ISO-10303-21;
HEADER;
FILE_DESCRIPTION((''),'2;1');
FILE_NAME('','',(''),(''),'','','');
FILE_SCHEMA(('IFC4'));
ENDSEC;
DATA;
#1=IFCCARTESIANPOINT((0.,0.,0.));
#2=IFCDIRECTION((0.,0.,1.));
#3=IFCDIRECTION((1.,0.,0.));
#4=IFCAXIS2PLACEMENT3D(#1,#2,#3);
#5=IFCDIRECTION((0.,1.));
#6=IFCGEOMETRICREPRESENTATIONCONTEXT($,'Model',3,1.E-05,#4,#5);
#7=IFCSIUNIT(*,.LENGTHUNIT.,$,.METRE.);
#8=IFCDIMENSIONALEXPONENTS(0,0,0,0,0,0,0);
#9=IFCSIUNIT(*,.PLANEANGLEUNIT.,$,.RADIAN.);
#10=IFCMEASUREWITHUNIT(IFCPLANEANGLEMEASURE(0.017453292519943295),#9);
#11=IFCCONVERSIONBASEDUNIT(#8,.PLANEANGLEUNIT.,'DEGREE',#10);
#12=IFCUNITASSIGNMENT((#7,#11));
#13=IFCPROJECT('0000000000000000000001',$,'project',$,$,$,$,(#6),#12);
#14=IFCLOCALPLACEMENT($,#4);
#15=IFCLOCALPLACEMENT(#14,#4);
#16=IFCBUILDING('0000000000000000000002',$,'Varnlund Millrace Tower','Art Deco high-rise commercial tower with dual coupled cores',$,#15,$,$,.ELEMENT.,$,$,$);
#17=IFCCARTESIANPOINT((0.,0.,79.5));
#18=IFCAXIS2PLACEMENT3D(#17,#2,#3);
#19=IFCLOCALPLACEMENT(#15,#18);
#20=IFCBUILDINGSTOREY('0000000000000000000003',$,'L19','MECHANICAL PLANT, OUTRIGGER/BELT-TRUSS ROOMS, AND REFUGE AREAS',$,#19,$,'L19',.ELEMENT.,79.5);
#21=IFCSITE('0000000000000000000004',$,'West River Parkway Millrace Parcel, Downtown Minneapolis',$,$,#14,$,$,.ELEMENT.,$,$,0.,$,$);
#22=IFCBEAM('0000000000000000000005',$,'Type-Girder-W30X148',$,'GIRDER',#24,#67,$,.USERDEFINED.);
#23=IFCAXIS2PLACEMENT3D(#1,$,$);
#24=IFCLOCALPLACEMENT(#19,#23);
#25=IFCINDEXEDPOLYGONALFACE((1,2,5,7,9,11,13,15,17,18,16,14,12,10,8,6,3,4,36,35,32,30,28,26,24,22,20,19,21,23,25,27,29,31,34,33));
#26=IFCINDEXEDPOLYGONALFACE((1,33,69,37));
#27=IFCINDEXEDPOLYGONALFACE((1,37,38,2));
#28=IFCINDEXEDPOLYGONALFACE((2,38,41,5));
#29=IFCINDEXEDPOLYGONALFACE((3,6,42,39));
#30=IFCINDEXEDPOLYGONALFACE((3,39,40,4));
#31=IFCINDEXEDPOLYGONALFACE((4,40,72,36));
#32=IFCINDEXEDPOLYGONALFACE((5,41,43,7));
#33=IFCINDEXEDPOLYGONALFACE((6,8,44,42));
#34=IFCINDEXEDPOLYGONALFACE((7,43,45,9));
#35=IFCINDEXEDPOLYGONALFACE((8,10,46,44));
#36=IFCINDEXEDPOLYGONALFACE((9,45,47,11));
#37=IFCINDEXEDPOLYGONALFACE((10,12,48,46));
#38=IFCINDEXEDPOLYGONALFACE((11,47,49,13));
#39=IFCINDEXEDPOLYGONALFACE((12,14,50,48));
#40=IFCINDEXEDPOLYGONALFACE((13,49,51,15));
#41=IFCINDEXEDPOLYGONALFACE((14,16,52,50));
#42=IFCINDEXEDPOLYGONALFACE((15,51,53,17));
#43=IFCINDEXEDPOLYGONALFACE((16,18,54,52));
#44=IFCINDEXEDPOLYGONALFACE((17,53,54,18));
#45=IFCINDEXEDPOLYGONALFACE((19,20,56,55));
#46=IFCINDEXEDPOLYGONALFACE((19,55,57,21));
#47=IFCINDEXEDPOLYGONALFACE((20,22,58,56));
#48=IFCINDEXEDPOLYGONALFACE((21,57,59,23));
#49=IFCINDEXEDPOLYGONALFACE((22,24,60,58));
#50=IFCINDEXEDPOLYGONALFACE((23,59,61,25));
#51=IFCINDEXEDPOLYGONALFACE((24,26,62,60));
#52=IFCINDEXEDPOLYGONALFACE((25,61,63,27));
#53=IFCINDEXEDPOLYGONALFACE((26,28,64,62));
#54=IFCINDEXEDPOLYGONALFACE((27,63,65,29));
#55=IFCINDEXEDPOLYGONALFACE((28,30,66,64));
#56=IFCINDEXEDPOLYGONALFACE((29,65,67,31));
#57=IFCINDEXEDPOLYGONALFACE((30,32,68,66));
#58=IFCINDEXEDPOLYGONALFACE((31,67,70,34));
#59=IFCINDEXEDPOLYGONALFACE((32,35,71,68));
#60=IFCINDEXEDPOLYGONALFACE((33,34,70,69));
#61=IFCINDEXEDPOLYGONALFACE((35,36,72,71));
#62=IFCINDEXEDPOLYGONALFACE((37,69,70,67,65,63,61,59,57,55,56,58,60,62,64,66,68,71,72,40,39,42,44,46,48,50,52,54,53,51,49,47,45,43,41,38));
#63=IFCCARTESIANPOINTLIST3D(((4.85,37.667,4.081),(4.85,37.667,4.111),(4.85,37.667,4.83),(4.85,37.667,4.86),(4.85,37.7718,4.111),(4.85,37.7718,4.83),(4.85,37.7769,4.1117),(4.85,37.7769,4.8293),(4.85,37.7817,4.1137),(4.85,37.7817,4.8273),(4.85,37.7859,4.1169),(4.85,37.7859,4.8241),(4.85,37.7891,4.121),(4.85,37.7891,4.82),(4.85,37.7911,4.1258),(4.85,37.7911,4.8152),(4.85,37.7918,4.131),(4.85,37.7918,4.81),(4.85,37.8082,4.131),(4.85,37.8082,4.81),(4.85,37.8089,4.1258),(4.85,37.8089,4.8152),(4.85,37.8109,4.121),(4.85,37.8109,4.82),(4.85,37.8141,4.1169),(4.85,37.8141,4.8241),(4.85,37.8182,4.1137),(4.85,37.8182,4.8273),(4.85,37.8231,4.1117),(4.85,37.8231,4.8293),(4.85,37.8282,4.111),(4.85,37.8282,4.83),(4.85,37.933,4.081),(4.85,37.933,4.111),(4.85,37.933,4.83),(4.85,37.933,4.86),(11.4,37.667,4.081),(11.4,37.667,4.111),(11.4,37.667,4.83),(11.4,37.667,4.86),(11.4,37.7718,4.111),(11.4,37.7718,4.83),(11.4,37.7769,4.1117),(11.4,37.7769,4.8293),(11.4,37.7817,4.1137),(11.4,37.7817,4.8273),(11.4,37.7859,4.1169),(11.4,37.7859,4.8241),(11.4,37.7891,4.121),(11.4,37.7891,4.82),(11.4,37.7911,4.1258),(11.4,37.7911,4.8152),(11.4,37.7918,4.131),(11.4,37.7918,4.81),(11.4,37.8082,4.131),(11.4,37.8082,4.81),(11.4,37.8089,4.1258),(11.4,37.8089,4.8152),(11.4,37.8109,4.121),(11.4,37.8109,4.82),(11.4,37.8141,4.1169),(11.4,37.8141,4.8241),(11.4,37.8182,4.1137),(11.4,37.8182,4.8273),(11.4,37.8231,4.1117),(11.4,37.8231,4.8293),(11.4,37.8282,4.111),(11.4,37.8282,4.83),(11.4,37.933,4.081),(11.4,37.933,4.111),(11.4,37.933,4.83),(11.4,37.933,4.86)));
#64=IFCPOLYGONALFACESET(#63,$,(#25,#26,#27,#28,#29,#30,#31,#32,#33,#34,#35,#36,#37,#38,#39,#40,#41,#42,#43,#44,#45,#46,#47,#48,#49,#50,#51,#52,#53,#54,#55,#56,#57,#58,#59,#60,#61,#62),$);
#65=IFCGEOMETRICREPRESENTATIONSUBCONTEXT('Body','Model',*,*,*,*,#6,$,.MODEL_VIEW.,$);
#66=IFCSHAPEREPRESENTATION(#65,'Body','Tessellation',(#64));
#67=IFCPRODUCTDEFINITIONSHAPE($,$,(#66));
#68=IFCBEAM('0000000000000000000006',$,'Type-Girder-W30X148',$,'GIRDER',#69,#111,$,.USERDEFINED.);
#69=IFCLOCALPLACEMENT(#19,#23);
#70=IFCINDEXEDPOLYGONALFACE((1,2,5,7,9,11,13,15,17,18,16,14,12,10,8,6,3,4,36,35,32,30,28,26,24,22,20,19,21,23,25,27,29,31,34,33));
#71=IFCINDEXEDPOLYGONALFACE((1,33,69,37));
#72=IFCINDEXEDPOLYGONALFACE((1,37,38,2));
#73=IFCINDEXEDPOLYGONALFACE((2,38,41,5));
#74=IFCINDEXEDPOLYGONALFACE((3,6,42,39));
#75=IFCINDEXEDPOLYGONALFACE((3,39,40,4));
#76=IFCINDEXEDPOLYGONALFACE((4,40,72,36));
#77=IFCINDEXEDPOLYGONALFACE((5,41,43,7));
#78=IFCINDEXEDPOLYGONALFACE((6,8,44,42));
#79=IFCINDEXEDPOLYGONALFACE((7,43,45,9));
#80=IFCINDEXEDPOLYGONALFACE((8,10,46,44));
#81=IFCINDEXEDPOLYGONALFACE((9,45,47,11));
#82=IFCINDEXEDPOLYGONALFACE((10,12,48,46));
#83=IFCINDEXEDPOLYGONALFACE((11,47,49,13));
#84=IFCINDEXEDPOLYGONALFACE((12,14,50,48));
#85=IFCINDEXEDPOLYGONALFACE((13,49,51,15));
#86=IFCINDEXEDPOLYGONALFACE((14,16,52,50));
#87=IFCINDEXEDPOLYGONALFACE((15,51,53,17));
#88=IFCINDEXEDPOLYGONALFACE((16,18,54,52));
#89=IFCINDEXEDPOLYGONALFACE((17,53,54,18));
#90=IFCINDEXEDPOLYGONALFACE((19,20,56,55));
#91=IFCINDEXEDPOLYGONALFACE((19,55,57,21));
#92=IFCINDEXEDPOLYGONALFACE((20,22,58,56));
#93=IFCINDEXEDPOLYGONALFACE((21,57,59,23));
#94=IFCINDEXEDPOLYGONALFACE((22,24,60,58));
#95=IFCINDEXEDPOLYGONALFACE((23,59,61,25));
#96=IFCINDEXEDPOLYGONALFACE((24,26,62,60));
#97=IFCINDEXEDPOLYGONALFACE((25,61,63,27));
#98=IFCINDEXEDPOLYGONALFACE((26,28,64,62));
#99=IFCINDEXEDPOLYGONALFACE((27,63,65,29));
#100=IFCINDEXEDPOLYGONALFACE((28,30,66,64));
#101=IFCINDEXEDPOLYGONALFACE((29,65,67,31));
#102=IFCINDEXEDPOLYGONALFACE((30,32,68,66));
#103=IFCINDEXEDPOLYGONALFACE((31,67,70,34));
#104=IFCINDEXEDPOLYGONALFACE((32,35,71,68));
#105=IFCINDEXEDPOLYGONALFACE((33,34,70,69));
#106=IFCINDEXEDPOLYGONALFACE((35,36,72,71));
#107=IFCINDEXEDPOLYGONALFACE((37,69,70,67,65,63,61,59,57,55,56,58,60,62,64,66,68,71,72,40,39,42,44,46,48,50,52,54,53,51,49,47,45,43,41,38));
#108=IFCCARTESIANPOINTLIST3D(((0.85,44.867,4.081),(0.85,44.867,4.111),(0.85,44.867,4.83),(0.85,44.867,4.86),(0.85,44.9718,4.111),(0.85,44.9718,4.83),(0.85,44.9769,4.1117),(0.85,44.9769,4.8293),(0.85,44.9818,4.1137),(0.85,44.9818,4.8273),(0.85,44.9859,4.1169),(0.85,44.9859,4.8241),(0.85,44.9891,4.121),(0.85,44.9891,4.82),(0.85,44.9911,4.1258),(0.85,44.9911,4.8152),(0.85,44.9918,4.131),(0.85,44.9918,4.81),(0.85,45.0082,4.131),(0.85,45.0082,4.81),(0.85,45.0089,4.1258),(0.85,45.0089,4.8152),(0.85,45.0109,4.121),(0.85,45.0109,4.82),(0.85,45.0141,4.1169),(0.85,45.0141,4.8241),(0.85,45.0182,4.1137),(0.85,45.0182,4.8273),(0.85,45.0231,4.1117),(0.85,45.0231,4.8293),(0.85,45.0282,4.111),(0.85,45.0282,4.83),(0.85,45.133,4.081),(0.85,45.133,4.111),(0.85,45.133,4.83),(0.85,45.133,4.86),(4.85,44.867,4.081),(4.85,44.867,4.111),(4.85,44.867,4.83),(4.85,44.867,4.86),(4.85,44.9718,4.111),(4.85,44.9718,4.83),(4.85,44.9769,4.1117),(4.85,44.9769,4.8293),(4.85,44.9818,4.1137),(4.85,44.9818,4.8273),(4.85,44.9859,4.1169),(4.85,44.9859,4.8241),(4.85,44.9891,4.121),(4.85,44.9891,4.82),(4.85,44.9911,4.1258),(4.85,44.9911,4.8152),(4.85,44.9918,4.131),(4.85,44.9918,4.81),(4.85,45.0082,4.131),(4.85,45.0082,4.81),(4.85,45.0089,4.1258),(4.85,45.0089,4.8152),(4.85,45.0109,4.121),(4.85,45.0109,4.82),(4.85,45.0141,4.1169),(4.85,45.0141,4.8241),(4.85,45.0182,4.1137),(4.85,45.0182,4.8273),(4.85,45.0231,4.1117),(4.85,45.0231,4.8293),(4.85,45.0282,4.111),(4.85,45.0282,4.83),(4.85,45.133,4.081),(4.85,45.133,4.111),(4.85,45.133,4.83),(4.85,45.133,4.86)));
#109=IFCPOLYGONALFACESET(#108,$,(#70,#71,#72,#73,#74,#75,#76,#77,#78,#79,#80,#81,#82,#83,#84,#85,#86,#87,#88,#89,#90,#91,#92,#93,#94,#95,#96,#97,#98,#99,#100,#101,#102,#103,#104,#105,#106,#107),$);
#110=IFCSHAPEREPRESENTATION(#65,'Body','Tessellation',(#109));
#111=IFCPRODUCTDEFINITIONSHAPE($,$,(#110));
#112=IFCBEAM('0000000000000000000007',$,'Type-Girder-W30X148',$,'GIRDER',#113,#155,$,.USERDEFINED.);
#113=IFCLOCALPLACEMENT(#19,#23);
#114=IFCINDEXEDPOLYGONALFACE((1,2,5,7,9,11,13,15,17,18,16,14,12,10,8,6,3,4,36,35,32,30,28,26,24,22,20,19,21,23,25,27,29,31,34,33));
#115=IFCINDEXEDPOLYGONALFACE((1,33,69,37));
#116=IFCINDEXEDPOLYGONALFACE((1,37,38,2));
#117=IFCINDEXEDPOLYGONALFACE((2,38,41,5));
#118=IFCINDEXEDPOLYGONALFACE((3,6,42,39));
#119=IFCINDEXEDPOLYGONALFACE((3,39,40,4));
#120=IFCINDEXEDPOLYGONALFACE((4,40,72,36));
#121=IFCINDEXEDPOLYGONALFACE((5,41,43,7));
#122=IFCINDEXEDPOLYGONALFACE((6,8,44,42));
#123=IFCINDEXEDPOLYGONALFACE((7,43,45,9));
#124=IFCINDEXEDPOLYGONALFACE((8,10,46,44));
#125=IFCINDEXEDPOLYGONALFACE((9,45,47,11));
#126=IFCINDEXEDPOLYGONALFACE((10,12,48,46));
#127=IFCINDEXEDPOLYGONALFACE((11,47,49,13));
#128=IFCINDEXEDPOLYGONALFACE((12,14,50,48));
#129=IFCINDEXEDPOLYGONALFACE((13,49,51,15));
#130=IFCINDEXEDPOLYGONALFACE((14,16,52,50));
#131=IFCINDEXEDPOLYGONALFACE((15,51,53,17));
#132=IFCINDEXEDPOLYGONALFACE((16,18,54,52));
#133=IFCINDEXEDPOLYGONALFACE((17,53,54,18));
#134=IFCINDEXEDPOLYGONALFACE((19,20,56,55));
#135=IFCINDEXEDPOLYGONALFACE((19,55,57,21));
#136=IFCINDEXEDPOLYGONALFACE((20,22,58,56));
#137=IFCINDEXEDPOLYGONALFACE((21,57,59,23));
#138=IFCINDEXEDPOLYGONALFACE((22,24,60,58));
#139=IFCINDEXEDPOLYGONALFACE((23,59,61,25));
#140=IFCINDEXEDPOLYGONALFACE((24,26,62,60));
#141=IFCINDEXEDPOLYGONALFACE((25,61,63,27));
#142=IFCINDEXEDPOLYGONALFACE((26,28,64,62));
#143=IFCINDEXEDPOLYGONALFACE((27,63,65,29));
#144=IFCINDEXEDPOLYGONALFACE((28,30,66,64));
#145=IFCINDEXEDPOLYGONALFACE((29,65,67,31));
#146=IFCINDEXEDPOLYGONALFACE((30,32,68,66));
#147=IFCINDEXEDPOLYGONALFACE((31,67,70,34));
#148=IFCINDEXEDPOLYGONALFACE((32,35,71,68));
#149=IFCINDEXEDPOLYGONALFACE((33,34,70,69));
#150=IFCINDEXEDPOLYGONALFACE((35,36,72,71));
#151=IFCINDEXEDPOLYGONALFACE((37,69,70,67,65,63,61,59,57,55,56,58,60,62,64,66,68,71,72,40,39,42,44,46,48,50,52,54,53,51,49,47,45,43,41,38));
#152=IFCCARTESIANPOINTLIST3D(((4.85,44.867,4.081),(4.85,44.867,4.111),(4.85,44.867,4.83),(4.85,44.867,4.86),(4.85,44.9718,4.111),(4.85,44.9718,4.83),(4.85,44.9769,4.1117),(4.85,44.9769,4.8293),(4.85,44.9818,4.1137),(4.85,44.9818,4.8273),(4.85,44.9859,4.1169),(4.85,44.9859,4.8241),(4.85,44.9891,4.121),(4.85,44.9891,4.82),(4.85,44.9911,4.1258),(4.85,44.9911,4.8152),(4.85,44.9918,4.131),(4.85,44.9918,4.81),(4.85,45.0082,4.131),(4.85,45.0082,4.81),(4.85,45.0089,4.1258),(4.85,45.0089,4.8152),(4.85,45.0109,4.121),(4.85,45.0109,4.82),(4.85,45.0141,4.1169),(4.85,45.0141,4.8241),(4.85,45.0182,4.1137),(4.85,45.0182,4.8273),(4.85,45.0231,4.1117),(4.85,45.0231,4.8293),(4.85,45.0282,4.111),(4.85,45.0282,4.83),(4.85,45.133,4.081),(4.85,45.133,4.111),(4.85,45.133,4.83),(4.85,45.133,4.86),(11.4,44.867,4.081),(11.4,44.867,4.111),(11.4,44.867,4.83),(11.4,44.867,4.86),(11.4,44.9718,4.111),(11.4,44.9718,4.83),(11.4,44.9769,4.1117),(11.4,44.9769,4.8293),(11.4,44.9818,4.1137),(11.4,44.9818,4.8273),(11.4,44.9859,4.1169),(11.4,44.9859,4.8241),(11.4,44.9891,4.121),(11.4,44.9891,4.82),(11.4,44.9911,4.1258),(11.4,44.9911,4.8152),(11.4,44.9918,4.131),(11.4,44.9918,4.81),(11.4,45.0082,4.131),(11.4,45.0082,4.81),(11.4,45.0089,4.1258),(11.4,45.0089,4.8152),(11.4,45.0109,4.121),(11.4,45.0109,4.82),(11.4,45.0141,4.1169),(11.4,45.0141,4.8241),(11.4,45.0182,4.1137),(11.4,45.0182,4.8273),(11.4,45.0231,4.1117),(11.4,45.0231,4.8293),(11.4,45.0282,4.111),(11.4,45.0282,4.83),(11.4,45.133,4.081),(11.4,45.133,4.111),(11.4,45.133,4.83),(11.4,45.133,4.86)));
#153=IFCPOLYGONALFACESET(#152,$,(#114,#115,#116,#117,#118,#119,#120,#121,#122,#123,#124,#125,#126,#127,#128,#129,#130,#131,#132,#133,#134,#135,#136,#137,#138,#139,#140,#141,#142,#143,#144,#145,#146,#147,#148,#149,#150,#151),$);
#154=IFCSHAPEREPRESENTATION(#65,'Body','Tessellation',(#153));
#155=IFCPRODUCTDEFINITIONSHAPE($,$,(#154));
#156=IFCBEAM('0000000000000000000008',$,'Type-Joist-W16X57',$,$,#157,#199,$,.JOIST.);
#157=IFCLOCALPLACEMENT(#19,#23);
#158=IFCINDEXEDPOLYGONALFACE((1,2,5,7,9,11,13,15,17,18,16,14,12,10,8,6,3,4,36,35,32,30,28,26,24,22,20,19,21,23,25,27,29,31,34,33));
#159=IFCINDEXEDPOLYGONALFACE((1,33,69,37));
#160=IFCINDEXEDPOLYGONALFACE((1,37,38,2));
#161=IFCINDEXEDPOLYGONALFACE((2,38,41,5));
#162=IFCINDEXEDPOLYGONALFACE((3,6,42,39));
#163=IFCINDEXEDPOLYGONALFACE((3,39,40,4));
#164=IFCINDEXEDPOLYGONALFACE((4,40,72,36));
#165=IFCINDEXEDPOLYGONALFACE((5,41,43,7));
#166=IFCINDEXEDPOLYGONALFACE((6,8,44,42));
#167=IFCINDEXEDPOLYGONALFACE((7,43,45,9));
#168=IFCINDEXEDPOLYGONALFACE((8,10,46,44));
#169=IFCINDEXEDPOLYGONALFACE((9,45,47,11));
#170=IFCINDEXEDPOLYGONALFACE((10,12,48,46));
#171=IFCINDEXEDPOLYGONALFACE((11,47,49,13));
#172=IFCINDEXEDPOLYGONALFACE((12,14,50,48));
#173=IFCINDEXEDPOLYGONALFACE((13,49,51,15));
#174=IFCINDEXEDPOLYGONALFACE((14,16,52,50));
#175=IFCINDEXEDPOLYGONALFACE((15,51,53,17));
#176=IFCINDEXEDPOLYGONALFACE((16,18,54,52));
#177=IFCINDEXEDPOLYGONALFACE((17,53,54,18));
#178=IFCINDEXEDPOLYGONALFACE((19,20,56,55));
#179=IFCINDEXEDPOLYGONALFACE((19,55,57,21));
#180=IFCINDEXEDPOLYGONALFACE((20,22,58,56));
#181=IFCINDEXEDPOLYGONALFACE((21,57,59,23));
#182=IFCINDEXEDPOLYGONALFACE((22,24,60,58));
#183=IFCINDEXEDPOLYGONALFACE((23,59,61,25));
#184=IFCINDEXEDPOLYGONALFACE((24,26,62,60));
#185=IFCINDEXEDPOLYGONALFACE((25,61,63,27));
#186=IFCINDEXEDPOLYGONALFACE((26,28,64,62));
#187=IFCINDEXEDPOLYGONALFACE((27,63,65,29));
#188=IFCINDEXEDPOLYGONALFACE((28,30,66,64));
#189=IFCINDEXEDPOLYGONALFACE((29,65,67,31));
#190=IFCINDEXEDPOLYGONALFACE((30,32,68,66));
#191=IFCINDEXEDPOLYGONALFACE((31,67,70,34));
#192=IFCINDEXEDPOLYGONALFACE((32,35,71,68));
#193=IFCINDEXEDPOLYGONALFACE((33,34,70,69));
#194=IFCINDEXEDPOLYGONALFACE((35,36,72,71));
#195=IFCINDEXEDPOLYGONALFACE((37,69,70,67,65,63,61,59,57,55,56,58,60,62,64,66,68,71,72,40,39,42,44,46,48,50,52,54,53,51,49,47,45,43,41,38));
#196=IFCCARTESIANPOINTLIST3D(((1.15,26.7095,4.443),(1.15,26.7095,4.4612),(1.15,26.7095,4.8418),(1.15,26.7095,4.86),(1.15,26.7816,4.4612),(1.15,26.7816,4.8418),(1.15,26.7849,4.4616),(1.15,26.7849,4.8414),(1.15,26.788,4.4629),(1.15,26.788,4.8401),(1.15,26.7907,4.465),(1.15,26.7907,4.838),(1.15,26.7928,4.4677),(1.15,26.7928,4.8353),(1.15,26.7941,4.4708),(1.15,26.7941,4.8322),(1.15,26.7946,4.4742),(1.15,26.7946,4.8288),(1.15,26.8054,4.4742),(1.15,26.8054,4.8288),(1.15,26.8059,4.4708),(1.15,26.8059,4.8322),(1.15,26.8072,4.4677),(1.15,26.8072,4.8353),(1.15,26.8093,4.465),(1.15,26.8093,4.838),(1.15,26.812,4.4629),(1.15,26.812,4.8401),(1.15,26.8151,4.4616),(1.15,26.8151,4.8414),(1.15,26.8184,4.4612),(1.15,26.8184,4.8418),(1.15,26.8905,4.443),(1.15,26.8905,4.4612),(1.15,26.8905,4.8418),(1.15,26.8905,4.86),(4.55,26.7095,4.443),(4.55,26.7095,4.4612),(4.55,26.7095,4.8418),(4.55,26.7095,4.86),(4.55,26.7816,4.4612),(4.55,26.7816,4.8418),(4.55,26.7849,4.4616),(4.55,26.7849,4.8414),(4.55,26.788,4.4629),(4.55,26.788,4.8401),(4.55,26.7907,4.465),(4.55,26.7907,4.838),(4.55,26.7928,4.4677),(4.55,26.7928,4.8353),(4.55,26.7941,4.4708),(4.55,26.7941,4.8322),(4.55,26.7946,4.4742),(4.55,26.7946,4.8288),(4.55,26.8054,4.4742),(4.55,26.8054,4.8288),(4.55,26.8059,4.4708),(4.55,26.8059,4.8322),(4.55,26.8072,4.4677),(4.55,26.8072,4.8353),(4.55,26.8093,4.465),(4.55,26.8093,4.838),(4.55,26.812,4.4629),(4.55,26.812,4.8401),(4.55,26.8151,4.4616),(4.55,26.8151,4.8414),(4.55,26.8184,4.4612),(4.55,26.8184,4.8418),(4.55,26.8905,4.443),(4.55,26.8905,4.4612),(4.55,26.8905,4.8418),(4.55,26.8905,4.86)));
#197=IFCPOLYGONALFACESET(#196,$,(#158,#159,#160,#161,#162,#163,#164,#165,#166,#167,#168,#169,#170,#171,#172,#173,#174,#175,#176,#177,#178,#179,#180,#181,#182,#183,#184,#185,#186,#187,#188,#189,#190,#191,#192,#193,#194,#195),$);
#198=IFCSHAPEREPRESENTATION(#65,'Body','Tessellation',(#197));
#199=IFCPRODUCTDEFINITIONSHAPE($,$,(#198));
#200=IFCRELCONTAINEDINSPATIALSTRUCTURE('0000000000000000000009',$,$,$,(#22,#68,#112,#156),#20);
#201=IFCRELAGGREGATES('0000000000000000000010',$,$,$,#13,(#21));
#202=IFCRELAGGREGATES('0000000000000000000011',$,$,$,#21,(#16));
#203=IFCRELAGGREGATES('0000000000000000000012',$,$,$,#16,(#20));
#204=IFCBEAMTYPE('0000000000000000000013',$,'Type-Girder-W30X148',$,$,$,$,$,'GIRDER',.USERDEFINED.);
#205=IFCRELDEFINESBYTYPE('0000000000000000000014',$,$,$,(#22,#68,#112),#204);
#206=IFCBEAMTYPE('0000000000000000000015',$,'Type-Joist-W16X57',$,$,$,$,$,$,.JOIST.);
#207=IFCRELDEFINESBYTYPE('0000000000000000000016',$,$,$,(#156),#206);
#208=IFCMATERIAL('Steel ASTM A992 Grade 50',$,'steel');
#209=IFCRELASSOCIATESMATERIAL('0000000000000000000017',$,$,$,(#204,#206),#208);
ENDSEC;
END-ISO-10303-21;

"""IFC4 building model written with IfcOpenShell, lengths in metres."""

from ifc_helpers import new_model, entity, si_unit, converted_unit, direction, frame, origin_with_axes, origin_2d_with_axis, place, context, subcontext, project, spatial, i_section, extrude, material, material_profile, profile_set, type_object, element, save


model = new_model("IFC4")

# Units and contexts
model_context = context("Model", 3, precision=1e-05, world=origin_with_axes(), true_north=direction((0.0, 1.0)))
body_context = subcontext(model_context, "Body", "Model", "MODEL_VIEW")
ifc_project = project(units=[si_unit("LENGTHUNIT", "METRE"), converted_unit("PLANEANGLEUNIT", "DEGREE", entity("IfcPlaneAngleMeasure", 0.017453292519943295), si_unit("PLANEANGLEUNIT", "RADIAN"), dimensions=[0, 0, 0, 0, 0, 0, 0])], contexts=[model_context])

# Site, building, storey
site_placement = place(None, origin_with_axes())
site = spatial("IfcSite", under=ifc_project, at=site_placement, Name="West River Parkway Millrace Parcel, Downtown Minneapolis", CompositionType="ELEMENT", RefElevation=0.0)
building_placement = place(site_placement, origin_with_axes())
building = spatial("IfcBuilding", under=site, at=building_placement, Name="Varnlund Millrace Tower", Description="Art Deco high-rise commercial tower with dual coupled cores", CompositionType="ELEMENT")
storey_placement = place(building_placement, frame((0.0, 0.0, 79.5), z_axis=(0.0, 0.0, 1.0), x_axis=(1.0, 0.0, 0.0)))
storey = spatial("IfcBuildingStorey", under=building, at=storey_placement, Name="L19", Description="MECHANICAL PLANT, OUTRIGGER/BELT-TRUSS ROOMS, AND REFUGE AREAS", LongName="L19", CompositionType="ELEMENT", Elevation=79.5)

# Beams
ifc_material_1 = material(Name="Steel ASTM A992 Grade 50", Category="steel")
ifc_material_profile_1 = material_profile(ifc_material_1, i_section(OverallWidth=0.266, OverallDepth=0.779, WebThickness=0.0165, FlangeThickness=0.03, FilletRadius=0.02, at=origin_2d_with_axis()), Name="Steel ASTM A992 Grade 50")
ifc_profile_set_1 = profile_set([ifc_material_profile_1], Name="Steel ASTM A992 Grade 50")
beam_type_1 = type_object("IfcBeamType", Name="Type-Girder-W30X148", ElementType="GIRDER", PredefinedType="USERDEFINED", material=ifc_profile_set_1)
beam_1_placement = place(storey_placement, frame((4.85, 37.8, 4.4705), z_axis=(1.0, 0.0, 0.0), x_axis=(0.0, 1.0, 0.0)))
element("IfcBeam", 1, at=beam_1_placement, inside=storey, type_object=beam_type_1, Name="Type-Girder-W30X148", ObjectType="GIRDER", PredefinedType="USERDEFINED", context=body_context, shape_type="SweptSolid", body=[
    extrude(i_section(OverallWidth=0.266, OverallDepth=0.779, WebThickness=0.0165, FlangeThickness=0.03, FilletRadius=0.02, at=origin_2d_with_axis()), origin_with_axes(), (0.0, 0.0, 1.0), 6.55),
])
beam_2_placement = place(storey_placement, frame((0.85, 45.0, 4.4705), z_axis=(1.0, 0.0, 0.0), x_axis=(0.0, 1.0, 0.0)))
element("IfcBeam", 2, at=beam_2_placement, inside=storey, type_object=beam_type_1, Name="Type-Girder-W30X148", ObjectType="GIRDER", PredefinedType="USERDEFINED", context=body_context, shape_type="SweptSolid", body=[
    extrude(i_section(OverallWidth=0.266, OverallDepth=0.779, WebThickness=0.0165, FlangeThickness=0.03, FilletRadius=0.02, at=origin_2d_with_axis()), origin_with_axes(), (0.0, 0.0, 1.0), 4.0),
])
beam_3_placement = place(storey_placement, frame((4.85, 45.0, 4.4705), z_axis=(1.0, 0.0, 0.0), x_axis=(0.0, 1.0, 0.0)))
element("IfcBeam", 3, at=beam_3_placement, inside=storey, type_object=beam_type_1, Name="Type-Girder-W30X148", ObjectType="GIRDER", PredefinedType="USERDEFINED", context=body_context, shape_type="SweptSolid", body=[
    extrude(i_section(OverallWidth=0.266, OverallDepth=0.779, WebThickness=0.0165, FlangeThickness=0.03, FilletRadius=0.02, at=origin_2d_with_axis()), origin_with_axes(), (0.0, 0.0, 1.0), 6.55),
])
ifc_material_profile_2 = material_profile(ifc_material_1, i_section(OverallWidth=0.181, OverallDepth=0.417, WebThickness=0.0109, FlangeThickness=0.0182, FilletRadius=0.013, at=origin_2d_with_axis()), Name="Steel ASTM A992 Grade 50")
ifc_profile_set_2 = profile_set([ifc_material_profile_2], Name="Steel ASTM A992 Grade 50")
beam_type_2 = type_object("IfcBeamType", Name="Type-Joist-W16X57", PredefinedType="JOIST", material=ifc_profile_set_2)
for number, where, z_axis, x_axis, name in (
    (4, (1.15, 26.8, 4.6515), (1.0, 0.0, 0.0), (0.0, 1.0, 0.0), "Type-Joist-W16X57"),
):
    element("IfcBeam", number, at=place(storey_placement, frame(where, z_axis=z_axis, x_axis=x_axis)), inside=storey, type_object=beam_type_2, Name=name, PredefinedType="JOIST", context=body_context, shape_type="SweptSolid", body=[
        extrude(i_section(OverallWidth=0.181, OverallDepth=0.417, WebThickness=0.0109, FlangeThickness=0.0182, FilletRadius=0.013, at=origin_2d_with_axis()), origin_with_axes(), (0.0, 0.0, 1.0), 3.4),
    ])

save(model, "model.ifc")
